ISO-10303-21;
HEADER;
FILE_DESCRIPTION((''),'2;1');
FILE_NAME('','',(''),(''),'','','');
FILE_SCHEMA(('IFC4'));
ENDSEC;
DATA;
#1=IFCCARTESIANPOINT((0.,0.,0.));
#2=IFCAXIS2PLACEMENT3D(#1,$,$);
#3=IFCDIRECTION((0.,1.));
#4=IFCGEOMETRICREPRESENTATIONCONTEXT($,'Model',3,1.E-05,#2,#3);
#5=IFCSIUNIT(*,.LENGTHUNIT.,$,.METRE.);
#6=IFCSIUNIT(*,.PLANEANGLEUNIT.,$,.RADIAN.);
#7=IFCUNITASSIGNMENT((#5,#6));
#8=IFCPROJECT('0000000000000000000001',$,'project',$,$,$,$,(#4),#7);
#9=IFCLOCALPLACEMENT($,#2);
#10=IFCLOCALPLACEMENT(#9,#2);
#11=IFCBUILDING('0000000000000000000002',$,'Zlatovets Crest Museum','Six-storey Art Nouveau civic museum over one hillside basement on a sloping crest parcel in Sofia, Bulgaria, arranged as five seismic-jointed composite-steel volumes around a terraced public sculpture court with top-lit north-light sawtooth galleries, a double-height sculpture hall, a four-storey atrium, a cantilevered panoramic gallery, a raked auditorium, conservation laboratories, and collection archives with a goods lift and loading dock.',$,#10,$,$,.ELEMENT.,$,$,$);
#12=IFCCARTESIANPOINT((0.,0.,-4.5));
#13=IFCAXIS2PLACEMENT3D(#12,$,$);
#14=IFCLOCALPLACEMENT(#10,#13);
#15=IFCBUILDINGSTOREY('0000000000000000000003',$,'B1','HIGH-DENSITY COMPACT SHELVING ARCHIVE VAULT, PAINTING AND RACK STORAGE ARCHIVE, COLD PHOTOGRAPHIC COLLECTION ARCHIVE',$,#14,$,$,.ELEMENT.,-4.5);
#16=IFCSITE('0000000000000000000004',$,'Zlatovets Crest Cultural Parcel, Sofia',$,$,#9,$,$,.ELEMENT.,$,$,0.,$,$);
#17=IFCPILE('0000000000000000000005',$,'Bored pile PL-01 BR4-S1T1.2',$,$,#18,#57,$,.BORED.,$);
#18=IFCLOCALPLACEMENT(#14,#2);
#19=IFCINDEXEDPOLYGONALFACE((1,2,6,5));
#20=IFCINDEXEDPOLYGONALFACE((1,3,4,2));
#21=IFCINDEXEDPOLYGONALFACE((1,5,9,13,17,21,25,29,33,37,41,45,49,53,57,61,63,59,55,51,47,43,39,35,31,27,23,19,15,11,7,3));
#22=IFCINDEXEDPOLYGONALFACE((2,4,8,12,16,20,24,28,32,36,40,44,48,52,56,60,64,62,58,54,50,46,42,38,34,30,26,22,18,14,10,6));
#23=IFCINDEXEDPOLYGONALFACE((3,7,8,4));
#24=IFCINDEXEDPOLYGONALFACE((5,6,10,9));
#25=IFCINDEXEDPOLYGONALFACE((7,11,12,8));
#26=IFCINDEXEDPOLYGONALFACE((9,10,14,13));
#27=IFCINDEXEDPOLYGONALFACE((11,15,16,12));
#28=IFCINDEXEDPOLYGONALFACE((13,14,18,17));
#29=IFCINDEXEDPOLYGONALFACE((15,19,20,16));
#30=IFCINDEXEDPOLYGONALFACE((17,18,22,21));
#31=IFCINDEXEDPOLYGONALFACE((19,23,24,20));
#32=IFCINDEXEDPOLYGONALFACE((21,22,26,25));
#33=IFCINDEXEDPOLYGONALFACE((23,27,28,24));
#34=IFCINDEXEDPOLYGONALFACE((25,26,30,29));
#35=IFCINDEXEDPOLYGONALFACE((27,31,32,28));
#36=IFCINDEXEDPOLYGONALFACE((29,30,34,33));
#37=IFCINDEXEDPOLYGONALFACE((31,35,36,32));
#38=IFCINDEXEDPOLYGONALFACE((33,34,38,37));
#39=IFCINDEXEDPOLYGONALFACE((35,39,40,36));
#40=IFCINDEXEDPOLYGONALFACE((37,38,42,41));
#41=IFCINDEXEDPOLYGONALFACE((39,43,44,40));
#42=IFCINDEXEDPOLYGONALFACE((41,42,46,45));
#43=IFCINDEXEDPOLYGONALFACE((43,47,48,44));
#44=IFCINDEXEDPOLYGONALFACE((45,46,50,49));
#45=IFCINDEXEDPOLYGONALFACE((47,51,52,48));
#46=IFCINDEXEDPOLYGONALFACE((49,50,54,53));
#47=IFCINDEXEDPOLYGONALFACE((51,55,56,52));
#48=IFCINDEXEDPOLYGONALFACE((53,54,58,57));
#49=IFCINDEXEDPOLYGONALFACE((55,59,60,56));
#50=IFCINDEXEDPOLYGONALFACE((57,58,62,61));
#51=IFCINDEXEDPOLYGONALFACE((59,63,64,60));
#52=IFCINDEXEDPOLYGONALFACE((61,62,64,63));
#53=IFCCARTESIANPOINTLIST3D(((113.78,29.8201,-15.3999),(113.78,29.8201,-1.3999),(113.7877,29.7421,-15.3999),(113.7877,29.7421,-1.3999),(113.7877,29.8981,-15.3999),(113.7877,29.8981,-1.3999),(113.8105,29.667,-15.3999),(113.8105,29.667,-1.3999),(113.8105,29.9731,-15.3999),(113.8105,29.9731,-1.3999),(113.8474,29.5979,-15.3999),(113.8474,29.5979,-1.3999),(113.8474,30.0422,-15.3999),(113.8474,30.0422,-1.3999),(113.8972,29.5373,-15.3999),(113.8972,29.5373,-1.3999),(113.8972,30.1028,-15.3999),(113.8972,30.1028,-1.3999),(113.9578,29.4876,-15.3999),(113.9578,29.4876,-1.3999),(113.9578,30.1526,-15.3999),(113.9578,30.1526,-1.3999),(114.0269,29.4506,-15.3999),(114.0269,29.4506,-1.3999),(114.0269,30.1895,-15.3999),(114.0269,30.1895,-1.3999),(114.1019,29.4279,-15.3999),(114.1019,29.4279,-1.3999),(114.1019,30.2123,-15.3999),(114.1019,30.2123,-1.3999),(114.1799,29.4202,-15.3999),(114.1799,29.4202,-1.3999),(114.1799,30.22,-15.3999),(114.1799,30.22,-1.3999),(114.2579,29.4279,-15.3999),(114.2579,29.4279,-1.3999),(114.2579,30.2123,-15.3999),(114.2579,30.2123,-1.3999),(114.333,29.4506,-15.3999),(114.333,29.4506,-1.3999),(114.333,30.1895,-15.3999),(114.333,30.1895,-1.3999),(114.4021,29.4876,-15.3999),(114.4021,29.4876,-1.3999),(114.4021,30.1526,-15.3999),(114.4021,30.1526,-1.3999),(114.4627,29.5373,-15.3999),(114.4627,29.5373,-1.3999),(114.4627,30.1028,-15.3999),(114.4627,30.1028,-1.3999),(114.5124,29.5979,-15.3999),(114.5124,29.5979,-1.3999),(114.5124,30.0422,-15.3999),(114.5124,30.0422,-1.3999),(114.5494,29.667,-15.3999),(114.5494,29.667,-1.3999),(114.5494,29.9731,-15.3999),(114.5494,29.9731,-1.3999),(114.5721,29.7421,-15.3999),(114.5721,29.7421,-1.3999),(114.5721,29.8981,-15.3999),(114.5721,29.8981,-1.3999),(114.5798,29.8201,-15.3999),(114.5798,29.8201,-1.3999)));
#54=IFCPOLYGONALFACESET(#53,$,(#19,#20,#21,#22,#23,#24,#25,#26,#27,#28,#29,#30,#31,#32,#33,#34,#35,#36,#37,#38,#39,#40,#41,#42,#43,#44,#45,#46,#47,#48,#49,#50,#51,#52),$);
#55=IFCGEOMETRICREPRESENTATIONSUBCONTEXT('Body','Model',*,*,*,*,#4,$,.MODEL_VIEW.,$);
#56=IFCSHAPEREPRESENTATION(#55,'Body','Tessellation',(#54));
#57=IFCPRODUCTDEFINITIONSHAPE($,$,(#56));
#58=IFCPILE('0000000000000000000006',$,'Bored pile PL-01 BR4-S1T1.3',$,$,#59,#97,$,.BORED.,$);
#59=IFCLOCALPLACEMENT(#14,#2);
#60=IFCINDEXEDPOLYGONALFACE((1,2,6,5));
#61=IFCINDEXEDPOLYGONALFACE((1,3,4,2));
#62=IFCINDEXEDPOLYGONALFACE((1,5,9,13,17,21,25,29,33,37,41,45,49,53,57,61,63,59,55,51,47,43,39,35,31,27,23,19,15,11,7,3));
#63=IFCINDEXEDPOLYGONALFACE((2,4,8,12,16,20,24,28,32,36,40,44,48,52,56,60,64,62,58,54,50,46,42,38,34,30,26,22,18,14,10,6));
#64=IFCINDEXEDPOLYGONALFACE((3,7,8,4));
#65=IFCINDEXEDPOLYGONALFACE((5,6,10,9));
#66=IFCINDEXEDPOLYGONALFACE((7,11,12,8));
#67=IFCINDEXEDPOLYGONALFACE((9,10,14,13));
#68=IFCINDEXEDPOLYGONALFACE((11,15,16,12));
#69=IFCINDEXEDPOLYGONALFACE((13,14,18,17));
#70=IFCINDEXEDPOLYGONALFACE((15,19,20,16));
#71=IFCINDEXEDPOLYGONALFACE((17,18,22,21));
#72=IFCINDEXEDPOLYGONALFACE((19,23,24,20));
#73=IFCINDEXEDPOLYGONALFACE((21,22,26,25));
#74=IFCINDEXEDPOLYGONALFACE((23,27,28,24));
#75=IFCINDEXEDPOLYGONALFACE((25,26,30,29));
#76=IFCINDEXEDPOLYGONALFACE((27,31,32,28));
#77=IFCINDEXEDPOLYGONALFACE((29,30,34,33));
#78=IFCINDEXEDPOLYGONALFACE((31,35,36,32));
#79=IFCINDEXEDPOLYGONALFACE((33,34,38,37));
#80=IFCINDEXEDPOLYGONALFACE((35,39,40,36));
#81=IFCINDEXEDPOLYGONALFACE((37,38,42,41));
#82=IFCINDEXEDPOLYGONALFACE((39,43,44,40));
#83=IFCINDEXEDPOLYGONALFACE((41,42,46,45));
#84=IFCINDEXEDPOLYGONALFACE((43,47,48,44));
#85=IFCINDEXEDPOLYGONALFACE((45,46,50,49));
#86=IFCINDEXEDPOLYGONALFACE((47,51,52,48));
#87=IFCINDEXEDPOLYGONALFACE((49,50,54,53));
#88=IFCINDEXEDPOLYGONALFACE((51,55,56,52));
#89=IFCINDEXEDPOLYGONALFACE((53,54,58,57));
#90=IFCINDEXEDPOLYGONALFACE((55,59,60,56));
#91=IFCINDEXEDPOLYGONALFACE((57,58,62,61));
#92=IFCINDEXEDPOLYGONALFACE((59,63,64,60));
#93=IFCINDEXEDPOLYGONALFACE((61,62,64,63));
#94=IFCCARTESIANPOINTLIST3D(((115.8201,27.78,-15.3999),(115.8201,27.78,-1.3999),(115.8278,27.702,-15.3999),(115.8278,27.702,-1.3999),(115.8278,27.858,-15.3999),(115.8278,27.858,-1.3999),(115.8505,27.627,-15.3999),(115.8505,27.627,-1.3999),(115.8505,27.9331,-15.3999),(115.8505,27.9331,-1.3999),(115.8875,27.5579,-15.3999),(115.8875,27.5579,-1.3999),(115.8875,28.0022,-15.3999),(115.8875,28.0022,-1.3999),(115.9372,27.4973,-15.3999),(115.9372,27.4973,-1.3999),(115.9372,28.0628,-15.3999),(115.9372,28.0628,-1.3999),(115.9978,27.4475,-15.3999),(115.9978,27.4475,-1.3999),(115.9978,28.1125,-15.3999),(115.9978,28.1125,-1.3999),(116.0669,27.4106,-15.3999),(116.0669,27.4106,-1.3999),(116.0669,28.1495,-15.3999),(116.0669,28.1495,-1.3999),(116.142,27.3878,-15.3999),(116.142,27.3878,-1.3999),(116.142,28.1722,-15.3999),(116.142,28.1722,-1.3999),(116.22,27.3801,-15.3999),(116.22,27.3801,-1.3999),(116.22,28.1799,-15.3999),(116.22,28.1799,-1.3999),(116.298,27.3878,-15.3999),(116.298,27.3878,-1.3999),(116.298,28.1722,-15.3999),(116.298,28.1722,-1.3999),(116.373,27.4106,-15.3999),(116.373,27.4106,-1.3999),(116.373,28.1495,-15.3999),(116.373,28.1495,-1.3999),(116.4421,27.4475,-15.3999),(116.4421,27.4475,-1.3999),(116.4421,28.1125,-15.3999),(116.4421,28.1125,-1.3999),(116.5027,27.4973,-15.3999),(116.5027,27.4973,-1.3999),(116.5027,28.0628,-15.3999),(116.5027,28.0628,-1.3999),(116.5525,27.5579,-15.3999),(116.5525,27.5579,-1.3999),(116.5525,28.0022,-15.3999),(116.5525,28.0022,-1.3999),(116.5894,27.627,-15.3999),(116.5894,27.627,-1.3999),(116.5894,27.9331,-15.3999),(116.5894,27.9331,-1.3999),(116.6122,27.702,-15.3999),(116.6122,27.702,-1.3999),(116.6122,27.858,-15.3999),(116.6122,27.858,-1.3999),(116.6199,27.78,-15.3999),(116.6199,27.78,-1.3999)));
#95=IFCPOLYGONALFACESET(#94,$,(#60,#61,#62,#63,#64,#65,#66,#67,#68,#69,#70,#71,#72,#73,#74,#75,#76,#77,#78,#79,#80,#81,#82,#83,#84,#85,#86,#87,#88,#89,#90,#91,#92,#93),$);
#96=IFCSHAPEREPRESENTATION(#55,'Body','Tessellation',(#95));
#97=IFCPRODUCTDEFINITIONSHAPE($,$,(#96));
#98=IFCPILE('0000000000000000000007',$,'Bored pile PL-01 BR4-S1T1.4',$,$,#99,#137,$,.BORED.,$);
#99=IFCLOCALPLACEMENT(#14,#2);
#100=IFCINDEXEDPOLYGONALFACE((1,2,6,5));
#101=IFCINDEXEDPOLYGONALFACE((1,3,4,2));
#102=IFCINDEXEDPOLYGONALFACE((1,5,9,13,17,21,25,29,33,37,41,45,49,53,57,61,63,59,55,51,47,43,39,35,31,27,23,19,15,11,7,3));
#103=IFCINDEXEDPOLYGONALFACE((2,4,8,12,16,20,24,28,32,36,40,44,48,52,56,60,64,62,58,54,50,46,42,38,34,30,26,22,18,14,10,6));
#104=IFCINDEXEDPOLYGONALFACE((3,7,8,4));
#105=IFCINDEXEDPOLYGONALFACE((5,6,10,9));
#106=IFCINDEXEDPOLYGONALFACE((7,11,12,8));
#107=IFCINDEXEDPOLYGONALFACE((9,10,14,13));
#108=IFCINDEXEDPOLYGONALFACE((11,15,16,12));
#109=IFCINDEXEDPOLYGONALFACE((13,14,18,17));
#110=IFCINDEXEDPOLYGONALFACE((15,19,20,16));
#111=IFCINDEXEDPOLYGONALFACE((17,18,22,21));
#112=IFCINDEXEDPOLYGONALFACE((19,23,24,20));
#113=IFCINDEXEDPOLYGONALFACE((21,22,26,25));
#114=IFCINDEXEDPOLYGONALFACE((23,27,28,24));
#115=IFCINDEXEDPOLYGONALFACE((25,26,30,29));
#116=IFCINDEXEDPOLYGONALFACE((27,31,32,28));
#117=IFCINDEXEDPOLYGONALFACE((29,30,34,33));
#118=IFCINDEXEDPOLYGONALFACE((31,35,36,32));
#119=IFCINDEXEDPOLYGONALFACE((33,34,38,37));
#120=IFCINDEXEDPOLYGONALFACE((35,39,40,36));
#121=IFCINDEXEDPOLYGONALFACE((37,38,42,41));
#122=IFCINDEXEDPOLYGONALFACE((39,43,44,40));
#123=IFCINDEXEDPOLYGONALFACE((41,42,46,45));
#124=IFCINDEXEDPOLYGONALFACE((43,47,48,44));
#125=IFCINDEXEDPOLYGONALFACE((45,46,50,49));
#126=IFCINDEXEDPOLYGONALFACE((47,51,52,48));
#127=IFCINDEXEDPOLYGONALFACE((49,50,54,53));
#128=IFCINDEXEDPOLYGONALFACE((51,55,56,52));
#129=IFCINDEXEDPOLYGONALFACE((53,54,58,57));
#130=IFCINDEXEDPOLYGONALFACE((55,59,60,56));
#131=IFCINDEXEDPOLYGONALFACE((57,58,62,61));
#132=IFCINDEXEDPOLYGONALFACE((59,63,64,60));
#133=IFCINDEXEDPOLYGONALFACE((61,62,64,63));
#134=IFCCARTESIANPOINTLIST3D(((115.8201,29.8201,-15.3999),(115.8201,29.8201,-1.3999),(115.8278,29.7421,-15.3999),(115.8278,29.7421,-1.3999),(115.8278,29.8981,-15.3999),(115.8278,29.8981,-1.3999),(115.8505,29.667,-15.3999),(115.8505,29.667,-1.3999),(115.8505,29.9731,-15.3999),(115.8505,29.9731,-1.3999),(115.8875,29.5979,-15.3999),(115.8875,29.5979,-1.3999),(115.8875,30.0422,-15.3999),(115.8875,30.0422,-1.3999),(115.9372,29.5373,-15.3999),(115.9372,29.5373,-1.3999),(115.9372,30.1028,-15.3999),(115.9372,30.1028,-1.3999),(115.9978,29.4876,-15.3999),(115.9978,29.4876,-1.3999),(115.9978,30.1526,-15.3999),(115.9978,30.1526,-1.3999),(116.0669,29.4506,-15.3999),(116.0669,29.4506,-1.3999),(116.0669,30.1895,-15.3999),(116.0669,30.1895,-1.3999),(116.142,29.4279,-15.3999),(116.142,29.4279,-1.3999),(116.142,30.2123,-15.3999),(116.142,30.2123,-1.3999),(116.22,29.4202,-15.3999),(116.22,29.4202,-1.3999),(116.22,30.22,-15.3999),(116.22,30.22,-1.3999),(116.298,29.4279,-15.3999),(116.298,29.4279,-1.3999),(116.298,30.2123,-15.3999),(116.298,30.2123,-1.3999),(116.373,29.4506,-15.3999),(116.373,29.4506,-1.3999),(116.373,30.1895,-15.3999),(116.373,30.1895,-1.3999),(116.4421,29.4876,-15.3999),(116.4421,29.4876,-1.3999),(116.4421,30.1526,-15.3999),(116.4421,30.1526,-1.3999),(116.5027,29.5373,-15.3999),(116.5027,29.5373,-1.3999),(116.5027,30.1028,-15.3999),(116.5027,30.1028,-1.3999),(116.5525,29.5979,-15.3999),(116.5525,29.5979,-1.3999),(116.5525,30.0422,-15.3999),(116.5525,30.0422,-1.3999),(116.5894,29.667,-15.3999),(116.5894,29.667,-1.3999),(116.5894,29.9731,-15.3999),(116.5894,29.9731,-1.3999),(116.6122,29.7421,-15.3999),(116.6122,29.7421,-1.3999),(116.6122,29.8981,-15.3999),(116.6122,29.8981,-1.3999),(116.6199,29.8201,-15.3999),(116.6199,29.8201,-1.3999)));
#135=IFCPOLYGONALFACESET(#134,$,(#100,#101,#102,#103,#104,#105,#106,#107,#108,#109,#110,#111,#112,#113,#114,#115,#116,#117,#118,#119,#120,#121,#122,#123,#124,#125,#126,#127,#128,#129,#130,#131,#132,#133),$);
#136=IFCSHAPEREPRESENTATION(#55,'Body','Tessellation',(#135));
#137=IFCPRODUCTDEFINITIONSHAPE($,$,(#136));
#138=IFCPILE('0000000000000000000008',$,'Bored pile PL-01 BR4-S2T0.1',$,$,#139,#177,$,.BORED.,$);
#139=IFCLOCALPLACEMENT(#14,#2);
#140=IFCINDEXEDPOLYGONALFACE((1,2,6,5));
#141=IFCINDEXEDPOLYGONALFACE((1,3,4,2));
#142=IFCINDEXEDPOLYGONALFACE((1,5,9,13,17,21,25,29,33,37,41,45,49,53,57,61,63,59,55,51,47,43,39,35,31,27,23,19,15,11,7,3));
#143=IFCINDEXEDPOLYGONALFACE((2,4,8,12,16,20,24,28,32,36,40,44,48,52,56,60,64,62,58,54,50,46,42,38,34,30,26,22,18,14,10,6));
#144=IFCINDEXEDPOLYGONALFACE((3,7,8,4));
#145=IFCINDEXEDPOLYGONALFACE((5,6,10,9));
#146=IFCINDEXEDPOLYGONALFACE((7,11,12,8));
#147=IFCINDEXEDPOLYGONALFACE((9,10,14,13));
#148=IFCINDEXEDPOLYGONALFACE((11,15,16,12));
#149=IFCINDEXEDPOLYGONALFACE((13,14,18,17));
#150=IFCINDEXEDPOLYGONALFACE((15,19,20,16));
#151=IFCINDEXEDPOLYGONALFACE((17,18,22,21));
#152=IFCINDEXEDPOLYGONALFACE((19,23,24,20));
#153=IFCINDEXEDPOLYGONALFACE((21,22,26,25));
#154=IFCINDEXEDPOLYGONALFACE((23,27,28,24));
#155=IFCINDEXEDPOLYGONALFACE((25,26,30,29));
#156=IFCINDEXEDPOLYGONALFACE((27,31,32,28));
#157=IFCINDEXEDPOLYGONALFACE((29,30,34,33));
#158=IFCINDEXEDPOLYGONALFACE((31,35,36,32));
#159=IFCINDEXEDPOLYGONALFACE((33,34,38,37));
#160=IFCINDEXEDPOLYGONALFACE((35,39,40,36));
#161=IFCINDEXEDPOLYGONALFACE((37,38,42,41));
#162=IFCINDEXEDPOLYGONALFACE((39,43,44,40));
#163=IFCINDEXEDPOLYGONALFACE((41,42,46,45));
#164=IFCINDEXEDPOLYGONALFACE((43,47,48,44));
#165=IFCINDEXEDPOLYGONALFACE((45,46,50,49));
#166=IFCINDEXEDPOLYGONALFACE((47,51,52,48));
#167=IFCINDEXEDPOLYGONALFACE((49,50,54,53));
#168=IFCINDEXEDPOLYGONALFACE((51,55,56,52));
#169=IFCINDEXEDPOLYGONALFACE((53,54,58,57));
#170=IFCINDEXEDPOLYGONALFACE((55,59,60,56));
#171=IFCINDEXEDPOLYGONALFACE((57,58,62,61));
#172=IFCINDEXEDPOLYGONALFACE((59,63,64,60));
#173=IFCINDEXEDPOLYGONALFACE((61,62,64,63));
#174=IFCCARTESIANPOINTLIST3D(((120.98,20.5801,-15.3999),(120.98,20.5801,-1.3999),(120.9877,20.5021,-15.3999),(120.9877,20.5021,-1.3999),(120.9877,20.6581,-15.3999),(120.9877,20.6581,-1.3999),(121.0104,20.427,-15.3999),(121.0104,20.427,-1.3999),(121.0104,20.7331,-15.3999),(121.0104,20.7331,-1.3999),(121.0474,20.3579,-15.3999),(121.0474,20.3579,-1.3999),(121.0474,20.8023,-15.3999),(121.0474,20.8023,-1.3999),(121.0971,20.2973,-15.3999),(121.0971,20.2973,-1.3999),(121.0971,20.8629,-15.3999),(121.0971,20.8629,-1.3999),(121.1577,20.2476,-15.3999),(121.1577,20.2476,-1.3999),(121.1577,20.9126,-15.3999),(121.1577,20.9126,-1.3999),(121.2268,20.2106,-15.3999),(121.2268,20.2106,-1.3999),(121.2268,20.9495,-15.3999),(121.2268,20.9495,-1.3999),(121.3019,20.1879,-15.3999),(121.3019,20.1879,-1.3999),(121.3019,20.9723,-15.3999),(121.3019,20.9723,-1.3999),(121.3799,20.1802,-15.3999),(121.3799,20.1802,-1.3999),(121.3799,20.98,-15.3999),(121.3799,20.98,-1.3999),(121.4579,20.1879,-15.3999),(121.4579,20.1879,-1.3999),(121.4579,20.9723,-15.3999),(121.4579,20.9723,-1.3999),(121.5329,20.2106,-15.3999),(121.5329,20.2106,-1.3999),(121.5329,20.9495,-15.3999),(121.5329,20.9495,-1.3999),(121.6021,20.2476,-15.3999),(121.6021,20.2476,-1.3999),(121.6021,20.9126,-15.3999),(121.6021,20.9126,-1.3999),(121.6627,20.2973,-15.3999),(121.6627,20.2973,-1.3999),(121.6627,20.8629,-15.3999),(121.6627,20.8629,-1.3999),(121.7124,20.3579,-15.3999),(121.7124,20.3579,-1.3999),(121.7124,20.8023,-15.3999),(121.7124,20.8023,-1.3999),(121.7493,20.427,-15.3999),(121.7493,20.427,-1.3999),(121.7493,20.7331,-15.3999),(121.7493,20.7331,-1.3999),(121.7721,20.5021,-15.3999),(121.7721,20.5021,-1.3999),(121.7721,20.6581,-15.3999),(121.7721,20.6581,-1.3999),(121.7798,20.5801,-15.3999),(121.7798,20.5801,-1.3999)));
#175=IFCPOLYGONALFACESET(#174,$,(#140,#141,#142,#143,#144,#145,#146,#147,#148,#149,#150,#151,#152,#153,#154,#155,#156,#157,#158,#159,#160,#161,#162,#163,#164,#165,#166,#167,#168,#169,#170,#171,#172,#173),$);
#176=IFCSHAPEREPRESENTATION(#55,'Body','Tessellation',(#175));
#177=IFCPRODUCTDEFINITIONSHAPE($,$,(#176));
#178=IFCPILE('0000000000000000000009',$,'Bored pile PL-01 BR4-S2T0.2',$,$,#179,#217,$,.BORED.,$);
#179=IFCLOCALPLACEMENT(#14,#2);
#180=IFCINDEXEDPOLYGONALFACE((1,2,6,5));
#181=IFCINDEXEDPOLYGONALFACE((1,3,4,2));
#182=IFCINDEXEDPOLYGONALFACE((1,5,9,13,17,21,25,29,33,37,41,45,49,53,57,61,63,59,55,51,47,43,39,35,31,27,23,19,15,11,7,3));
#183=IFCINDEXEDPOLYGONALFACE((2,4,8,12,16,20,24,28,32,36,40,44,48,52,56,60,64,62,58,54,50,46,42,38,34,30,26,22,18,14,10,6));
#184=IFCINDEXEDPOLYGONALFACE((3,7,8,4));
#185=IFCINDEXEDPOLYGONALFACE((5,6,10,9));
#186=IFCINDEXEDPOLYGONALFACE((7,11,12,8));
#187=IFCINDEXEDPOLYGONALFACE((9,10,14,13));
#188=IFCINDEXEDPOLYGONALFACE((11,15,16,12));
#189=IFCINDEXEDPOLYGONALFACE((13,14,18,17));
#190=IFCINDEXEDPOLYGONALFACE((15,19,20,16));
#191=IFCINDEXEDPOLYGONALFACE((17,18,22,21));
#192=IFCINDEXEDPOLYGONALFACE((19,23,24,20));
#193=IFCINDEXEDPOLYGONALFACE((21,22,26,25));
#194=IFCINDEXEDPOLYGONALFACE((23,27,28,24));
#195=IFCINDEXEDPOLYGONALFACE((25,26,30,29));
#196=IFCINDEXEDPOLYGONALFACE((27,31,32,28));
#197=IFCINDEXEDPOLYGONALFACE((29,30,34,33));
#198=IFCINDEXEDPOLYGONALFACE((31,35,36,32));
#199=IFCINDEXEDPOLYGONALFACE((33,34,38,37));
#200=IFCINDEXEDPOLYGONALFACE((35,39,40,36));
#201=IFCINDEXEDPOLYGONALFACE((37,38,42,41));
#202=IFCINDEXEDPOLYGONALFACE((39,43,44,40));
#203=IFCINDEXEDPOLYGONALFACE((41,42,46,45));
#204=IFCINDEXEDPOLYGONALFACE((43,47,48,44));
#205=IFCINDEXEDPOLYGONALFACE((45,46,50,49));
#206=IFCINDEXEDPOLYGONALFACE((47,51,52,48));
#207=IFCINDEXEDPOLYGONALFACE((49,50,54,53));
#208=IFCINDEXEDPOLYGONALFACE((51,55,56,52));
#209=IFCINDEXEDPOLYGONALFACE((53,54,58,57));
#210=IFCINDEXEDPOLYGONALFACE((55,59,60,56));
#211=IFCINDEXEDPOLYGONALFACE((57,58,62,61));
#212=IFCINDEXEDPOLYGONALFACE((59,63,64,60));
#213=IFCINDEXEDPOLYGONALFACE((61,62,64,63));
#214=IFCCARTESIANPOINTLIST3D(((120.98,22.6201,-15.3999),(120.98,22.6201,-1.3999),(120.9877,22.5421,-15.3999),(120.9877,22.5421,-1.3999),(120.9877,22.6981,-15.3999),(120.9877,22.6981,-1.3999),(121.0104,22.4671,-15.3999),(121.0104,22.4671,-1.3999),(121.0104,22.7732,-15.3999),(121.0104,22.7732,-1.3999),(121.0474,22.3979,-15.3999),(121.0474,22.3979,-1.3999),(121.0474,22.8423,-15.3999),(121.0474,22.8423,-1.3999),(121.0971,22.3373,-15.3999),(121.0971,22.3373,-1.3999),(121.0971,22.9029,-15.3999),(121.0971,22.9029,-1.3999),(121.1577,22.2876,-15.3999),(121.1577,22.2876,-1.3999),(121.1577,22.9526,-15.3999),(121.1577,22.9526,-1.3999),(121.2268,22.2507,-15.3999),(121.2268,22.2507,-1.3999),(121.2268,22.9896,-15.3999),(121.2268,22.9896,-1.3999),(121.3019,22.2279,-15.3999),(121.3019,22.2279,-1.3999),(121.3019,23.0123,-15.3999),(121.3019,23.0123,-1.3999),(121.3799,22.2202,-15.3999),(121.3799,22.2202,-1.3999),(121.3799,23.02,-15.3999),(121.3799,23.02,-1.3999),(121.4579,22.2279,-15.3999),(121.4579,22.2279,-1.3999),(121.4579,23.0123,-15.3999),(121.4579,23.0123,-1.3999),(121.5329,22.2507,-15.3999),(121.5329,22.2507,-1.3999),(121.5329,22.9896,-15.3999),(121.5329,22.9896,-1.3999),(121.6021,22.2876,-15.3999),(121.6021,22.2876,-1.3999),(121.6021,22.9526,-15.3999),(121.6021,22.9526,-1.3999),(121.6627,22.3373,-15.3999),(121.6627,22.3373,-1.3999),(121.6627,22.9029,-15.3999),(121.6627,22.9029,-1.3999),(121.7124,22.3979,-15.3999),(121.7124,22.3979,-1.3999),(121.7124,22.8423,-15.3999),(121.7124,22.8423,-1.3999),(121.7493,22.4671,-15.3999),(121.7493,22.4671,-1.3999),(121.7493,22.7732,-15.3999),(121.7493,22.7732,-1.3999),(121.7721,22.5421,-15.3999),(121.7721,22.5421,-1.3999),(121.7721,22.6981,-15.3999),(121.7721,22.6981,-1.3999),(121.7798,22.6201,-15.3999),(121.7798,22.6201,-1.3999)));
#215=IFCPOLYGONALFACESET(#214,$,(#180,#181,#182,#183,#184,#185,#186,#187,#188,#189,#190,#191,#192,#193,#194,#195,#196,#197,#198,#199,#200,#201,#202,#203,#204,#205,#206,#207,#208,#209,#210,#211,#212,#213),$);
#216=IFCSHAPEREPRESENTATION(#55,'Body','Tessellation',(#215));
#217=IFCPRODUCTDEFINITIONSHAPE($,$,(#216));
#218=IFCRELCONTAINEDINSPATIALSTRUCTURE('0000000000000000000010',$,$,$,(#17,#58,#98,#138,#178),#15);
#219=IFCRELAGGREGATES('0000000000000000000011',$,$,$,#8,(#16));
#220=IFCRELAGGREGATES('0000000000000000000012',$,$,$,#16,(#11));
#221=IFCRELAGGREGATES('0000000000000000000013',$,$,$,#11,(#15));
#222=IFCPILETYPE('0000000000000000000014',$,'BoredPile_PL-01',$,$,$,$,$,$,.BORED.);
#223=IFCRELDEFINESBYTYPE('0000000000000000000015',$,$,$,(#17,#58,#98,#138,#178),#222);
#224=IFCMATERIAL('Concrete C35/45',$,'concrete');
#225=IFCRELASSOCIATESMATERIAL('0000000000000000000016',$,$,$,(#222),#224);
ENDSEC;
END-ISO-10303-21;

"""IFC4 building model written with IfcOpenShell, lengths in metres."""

from ifc_helpers import new_model, si_unit, direction, frame, origin, origin_2d, place, context, subcontext, project, spatial, circle, extrude, material, material_profile, profile_set, type_object, element, save


model = new_model("IFC4")

# Units and contexts
model_context = context("Model", 3, precision=1e-05, world=origin(), true_north=direction((0.0, 1.0)))
body_context = subcontext(model_context, "Body", "Model", "MODEL_VIEW")
ifc_project = project(units=[si_unit("LENGTHUNIT", "METRE"), si_unit("PLANEANGLEUNIT", "RADIAN")], contexts=[model_context])

# Site, building, storey
site_placement = place(None, origin())
site = spatial("IfcSite", under=ifc_project, at=site_placement, Name="Zlatovets Crest Cultural Parcel, Sofia", CompositionType="ELEMENT", RefElevation=0.0)
building_placement = place(site_placement, origin())
building = spatial("IfcBuilding", under=site, at=building_placement, Name="Zlatovets Crest Museum", Description="Six-storey Art Nouveau civic museum over one hillside basement on a sloping crest parcel in Sofia, Bulgaria, arranged as five seismic-jointed composite-steel volumes around a terraced public sculpture court with top-lit north-light sawtooth galleries, a double-height sculpture hall, a four-storey atrium, a cantilevered panoramic gallery, a raked auditorium, conservation laboratories, and collection archives with a goods lift and loading dock.", CompositionType="ELEMENT")
storey_placement = place(building_placement, frame((0.0, 0.0, -4.5)))
storey = spatial("IfcBuildingStorey", under=building, at=storey_placement, Name="B1", Description="HIGH-DENSITY COMPACT SHELVING ARCHIVE VAULT, PAINTING AND RACK STORAGE ARCHIVE, COLD PHOTOGRAPHIC COLLECTION ARCHIVE", CompositionType="ELEMENT", Elevation=-4.5)

# Piles
ifc_material_1 = material(Name="Concrete C35/45", Category="concrete")
ifc_material_profile_1 = material_profile(ifc_material_1, circle(Radius=0.3999, at=origin_2d()), Name="PILE D800")
ifc_profile_set_1 = profile_set([ifc_material_profile_1], Name="Concrete C35/45")
pile_type_1 = type_object("IfcPileType", Name="BoredPile_PL-01", PredefinedType="BORED", material=ifc_profile_set_1)
for number, where, z_axis, x_axis, name in (
    (1, (114.1799, 29.8201, -1.3999), (0.0, 0.0, -1.0), (1.0, 0.0, 0.0), "Bored pile PL-01 BR4-S1T1.2"),
    (2, (116.22, 27.78, -1.3999), (0.0, 0.0, -1.0), (1.0, 0.0, 0.0), "Bored pile PL-01 BR4-S1T1.3"),
    (3, (116.22, 29.8201, -1.3999), (0.0, 0.0, -1.0), (1.0, 0.0, 0.0), "Bored pile PL-01 BR4-S1T1.4"),
    (4, (121.3799, 20.5801, -1.3999), (0.0, 0.0, -1.0), (1.0, 0.0, 0.0), "Bored pile PL-01 BR4-S2T0.1"),
    (5, (121.3799, 22.6201, -1.3999), (0.0, 0.0, -1.0), (1.0, 0.0, 0.0), "Bored pile PL-01 BR4-S2T0.2"),
):
    element("IfcPile", number, at=place(storey_placement, frame(where, z_axis=z_axis, x_axis=x_axis)), inside=storey, type_object=pile_type_1, Name=name, PredefinedType="BORED", context=body_context, shape_type="SweptSolid", body=[
        extrude(circle(Radius=0.3999, at=origin_2d()), origin(), (0.0, 0.0, 1.0), 14.0),
    ])

save(model, "model.ifc")
